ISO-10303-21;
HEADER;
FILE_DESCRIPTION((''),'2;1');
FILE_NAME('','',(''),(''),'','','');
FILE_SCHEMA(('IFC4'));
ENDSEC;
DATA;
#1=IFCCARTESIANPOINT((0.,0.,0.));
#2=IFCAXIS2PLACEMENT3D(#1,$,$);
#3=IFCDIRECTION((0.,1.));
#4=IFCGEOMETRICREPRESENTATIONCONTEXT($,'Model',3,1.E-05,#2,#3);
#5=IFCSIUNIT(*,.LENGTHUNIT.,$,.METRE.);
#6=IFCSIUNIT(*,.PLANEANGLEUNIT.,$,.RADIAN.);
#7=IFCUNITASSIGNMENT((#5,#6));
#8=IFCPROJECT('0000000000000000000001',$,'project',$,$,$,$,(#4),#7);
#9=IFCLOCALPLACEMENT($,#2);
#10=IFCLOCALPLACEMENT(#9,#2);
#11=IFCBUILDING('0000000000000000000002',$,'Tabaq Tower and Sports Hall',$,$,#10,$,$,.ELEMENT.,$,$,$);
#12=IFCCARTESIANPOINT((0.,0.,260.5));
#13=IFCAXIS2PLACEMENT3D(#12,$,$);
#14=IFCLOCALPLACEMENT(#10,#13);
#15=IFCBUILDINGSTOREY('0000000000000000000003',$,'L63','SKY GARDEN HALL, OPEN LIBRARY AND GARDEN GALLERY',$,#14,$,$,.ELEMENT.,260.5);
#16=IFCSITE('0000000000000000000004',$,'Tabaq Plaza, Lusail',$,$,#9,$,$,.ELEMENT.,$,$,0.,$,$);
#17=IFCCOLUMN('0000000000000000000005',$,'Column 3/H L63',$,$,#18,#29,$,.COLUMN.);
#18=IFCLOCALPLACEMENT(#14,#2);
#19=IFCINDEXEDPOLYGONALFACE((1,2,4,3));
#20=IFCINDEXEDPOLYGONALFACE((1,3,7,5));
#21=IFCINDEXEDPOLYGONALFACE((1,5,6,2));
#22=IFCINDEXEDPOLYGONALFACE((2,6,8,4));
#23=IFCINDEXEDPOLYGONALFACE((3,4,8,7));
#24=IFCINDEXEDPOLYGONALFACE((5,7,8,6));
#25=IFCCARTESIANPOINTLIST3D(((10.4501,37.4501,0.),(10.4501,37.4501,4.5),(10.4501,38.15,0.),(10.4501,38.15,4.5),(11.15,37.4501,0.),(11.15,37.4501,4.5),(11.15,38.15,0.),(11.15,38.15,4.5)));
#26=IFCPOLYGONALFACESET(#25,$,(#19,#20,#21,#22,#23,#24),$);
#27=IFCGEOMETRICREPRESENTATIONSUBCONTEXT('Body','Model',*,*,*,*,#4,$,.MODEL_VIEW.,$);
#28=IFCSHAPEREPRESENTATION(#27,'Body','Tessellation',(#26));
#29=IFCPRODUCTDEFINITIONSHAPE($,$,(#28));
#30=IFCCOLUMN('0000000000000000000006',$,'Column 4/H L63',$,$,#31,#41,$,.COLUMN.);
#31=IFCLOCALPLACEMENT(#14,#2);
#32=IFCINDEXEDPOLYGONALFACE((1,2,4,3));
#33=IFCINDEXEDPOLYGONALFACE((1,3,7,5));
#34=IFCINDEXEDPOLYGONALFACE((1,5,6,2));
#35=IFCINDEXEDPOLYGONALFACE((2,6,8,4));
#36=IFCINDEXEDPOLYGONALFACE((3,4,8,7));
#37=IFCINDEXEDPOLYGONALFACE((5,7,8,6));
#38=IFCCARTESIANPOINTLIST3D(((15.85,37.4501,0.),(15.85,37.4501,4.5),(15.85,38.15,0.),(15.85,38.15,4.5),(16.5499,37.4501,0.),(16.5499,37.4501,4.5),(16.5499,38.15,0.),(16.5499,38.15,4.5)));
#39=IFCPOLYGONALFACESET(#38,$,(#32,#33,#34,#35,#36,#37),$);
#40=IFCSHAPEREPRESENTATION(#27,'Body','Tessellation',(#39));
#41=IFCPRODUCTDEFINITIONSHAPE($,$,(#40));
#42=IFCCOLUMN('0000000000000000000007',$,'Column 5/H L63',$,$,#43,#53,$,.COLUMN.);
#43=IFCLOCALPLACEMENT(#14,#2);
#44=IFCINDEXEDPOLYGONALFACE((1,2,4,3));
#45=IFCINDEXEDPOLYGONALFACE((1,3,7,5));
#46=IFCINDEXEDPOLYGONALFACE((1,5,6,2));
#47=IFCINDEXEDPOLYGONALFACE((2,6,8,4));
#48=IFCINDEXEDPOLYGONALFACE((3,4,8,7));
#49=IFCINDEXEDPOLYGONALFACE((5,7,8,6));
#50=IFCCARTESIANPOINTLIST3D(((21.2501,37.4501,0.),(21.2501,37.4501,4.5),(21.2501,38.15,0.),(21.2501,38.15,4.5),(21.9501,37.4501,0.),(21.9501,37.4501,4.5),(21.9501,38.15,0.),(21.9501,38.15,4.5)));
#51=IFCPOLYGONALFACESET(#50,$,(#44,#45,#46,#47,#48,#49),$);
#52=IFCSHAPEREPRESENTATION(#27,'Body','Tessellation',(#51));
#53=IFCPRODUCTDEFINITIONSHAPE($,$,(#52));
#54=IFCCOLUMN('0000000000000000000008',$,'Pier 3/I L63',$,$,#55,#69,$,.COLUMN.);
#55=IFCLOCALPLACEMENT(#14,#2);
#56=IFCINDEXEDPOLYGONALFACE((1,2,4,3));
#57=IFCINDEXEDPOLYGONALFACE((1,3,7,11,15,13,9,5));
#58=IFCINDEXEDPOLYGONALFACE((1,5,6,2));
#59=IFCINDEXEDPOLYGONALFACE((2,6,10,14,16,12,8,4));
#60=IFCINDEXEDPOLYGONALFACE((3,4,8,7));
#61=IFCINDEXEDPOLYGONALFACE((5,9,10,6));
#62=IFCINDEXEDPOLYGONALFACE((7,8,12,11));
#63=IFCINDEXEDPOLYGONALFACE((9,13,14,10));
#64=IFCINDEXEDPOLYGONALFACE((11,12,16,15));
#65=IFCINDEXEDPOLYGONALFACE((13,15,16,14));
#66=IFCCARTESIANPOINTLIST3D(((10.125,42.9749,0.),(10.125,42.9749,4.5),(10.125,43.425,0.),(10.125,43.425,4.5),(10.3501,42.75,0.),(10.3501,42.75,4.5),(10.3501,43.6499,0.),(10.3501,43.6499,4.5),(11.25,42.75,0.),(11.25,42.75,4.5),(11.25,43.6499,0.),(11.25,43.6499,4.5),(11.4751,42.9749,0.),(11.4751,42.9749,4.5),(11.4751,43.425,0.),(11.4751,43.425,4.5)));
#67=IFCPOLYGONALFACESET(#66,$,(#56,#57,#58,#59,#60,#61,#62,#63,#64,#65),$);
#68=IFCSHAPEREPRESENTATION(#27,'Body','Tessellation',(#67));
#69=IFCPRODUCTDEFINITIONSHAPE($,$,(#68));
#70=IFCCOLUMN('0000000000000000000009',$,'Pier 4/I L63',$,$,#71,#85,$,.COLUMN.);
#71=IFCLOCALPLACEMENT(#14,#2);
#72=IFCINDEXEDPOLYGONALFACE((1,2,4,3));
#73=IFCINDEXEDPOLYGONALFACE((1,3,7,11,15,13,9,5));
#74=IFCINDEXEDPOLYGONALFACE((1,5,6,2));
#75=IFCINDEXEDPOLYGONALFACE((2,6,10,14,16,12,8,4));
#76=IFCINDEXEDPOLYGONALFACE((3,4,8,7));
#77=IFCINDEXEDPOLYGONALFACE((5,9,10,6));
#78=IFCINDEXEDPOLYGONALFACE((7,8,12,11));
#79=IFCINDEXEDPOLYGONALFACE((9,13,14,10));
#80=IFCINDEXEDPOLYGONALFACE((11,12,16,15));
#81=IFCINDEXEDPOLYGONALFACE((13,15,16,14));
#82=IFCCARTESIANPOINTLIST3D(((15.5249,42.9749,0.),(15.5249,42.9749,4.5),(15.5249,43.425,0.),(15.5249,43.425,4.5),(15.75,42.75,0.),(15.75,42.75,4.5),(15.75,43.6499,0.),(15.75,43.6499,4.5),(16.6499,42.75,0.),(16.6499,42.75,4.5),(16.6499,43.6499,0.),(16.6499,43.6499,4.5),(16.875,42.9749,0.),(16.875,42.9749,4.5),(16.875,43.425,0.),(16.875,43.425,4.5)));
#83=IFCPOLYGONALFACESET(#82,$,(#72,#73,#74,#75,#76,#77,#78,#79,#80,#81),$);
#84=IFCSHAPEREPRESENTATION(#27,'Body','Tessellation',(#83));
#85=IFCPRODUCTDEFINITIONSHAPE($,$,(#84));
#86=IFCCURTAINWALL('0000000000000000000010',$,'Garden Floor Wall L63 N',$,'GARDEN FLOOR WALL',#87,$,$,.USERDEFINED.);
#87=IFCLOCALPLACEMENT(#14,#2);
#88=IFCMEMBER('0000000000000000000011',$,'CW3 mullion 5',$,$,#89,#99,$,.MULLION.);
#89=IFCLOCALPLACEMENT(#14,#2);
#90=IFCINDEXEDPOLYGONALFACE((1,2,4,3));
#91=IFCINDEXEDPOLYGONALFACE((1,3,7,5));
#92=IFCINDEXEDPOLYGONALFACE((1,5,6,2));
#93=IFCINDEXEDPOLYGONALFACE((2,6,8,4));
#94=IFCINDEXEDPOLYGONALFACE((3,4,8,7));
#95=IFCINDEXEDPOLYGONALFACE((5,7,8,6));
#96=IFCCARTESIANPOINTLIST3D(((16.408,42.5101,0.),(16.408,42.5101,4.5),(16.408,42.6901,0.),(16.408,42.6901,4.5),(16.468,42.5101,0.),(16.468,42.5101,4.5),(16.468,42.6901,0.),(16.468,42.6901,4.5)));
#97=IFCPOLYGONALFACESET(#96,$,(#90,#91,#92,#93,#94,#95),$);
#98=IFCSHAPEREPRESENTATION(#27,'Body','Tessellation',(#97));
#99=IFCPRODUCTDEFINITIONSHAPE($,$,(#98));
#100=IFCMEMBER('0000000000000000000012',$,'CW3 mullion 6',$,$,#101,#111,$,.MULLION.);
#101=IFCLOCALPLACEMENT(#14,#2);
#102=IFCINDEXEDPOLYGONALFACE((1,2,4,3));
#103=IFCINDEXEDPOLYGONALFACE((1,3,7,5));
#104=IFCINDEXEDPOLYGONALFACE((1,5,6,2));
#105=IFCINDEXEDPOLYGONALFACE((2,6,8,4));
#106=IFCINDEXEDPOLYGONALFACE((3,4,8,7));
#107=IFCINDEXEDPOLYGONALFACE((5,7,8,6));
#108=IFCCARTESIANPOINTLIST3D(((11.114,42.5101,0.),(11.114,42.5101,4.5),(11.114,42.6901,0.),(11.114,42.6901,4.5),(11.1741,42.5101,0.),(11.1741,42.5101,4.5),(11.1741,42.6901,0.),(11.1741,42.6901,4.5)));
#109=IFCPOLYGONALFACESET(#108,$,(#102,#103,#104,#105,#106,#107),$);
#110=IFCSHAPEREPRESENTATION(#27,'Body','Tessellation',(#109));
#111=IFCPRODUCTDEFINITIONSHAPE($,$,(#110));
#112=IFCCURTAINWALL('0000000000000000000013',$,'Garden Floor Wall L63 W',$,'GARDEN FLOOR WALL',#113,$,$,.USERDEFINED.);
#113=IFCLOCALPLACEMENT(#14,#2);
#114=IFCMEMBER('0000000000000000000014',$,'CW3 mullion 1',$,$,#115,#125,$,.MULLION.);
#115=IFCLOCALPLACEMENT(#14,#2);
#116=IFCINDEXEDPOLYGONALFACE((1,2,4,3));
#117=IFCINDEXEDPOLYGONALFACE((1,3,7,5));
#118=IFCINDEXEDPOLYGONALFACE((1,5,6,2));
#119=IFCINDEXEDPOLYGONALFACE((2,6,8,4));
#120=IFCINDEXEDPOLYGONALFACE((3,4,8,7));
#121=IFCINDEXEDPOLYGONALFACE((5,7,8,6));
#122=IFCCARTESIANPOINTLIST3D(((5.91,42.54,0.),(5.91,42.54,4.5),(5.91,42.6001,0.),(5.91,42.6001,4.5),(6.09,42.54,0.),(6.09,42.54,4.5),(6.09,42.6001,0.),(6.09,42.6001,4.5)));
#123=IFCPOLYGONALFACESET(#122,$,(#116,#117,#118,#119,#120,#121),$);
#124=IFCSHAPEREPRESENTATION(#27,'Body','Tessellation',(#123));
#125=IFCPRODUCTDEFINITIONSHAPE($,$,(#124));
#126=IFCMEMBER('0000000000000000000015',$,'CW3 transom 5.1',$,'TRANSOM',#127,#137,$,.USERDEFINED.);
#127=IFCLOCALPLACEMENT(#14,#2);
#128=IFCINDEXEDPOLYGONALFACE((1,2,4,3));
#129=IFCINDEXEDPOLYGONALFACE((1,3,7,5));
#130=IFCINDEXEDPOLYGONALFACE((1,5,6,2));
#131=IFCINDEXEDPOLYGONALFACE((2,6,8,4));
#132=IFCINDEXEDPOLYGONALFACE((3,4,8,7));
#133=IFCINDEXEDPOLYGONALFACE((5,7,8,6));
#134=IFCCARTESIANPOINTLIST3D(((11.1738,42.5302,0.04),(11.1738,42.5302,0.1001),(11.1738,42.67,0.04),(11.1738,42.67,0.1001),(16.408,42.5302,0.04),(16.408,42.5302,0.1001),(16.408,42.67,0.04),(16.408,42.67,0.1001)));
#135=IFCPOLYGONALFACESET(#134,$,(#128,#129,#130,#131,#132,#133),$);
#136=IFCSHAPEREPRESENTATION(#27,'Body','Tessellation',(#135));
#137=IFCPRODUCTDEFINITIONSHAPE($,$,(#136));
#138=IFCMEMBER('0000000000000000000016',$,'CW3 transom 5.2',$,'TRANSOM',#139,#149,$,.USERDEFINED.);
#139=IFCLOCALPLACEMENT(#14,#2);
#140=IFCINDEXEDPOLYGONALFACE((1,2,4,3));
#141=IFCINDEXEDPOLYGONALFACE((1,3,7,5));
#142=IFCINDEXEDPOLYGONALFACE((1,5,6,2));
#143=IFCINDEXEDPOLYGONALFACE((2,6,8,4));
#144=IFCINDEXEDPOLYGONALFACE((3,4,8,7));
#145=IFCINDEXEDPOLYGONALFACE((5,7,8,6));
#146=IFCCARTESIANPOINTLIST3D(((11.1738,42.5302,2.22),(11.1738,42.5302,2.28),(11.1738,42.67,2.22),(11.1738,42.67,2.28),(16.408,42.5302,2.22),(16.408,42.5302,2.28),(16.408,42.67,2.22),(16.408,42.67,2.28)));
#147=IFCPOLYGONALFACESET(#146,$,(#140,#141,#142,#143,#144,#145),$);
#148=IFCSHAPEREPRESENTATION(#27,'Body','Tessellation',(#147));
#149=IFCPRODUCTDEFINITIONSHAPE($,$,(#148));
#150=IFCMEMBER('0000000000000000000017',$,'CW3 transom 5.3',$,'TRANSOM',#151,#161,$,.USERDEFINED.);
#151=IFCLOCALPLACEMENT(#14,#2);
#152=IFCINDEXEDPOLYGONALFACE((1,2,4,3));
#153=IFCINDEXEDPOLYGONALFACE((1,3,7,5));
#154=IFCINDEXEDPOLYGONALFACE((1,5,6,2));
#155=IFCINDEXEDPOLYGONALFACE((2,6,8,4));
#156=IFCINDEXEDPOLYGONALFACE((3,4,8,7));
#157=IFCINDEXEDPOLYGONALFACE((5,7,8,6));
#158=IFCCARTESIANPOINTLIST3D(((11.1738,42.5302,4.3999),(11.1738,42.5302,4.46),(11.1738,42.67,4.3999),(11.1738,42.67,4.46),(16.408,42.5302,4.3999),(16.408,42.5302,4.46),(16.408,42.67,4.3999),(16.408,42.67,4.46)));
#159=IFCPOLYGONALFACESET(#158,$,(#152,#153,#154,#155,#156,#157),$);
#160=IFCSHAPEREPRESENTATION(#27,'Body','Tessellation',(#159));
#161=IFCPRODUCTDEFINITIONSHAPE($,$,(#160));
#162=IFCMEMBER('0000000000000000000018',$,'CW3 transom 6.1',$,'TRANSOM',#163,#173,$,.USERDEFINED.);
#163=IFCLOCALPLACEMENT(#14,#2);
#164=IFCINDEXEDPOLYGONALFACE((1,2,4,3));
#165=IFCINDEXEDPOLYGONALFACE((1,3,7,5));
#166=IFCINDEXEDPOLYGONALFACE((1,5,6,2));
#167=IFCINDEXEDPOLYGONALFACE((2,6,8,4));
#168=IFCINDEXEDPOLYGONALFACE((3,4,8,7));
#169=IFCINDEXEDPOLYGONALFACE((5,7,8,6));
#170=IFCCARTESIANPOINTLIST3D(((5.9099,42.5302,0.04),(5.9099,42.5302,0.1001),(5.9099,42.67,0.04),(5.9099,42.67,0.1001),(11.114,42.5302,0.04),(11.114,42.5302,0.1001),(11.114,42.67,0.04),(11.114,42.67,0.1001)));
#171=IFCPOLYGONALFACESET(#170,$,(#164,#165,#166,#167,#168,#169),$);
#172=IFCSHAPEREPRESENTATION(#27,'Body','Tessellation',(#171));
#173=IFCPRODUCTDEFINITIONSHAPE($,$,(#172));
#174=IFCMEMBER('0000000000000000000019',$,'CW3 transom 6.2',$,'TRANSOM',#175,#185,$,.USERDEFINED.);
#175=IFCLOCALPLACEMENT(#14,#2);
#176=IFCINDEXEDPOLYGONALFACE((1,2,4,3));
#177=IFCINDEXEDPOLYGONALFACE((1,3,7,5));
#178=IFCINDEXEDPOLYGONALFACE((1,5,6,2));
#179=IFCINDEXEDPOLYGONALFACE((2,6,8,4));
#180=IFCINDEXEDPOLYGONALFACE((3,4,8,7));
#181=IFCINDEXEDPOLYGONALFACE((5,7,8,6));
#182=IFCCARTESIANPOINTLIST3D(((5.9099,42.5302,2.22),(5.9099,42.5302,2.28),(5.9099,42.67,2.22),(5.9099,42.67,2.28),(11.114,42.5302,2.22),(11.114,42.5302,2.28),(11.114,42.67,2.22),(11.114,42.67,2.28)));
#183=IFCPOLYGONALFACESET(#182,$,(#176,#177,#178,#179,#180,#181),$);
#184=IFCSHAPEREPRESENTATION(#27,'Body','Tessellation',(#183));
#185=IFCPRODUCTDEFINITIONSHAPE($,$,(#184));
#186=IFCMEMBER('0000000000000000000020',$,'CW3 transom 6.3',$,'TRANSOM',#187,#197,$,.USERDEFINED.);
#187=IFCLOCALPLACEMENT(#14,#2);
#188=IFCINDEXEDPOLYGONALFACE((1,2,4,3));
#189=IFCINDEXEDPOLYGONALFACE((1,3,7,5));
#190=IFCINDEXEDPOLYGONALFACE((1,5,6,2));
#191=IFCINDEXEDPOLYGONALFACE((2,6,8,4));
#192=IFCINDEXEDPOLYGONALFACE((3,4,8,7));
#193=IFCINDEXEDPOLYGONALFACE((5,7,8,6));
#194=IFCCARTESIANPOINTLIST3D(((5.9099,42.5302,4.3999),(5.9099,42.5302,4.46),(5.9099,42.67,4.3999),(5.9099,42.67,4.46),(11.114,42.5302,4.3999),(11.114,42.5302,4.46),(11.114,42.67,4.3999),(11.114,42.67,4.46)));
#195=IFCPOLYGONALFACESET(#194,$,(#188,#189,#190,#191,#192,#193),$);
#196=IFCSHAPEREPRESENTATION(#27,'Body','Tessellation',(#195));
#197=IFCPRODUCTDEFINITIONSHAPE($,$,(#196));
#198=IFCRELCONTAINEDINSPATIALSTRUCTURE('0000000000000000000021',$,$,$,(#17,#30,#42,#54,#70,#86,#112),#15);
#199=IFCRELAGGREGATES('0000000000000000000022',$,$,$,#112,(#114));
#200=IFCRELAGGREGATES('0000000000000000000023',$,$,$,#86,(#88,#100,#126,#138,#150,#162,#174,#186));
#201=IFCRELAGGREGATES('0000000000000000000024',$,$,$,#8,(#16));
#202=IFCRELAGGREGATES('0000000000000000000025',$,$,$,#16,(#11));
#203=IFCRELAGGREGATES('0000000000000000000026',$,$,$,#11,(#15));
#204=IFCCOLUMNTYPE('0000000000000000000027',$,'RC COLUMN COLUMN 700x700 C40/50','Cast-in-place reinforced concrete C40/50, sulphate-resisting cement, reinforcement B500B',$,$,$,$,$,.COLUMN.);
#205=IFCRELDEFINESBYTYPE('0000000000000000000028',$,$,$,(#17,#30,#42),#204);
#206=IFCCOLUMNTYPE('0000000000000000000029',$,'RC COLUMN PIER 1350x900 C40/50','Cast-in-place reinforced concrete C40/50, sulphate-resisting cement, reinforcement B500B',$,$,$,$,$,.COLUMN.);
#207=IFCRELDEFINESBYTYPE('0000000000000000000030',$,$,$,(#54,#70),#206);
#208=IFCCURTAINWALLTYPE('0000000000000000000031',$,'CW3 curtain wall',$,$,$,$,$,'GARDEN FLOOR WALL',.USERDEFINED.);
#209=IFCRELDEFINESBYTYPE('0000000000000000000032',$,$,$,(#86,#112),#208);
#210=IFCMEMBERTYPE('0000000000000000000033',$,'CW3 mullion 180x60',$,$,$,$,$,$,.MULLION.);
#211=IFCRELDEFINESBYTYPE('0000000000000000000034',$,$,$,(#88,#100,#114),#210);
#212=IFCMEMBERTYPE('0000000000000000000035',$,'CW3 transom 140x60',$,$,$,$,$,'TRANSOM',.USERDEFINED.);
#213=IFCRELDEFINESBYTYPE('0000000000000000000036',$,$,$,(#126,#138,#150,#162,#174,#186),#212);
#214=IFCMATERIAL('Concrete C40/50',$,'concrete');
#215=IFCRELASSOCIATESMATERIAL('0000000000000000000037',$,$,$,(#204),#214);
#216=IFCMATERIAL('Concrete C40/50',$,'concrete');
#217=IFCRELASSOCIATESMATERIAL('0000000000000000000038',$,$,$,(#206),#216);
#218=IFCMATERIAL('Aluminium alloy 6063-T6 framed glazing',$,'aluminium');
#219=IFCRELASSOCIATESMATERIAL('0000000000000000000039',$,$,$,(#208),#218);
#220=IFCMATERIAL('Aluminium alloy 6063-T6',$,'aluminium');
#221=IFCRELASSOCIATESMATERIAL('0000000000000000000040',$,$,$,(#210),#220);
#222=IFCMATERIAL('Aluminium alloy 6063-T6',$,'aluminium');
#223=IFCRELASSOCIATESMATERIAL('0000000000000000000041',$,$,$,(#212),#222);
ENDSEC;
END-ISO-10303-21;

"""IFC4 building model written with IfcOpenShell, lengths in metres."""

from ifc_helpers import new_model, si_unit, direction, frame, origin, origin_2d, place, context, subcontext, project, spatial, polyline, rectangle, outline, extrude, material, material_profile, profile_set, type_object, element, aggregate, save


model = new_model("IFC4")

# Units and contexts
model_context = context("Model", 3, precision=1e-05, world=origin(), true_north=direction((0.0, 1.0)))
body_context = subcontext(model_context, "Body", "Model", "MODEL_VIEW")
ifc_project = project(units=[si_unit("LENGTHUNIT", "METRE"), si_unit("PLANEANGLEUNIT", "RADIAN")], contexts=[model_context])

# Site, building, storey
site_placement = place(None, origin())
site = spatial("IfcSite", under=ifc_project, at=site_placement, Name="Tabaq Plaza, Lusail", CompositionType="ELEMENT", RefElevation=0.0)
building_placement = place(site_placement, origin())
building = spatial("IfcBuilding", under=site, at=building_placement, Name="Tabaq Tower and Sports Hall", CompositionType="ELEMENT")
storey_placement = place(building_placement, frame((0.0, 0.0, 260.5)))
storey = spatial("IfcBuildingStorey", under=building, at=storey_placement, Name="L63", Description="SKY GARDEN HALL, OPEN LIBRARY AND GARDEN GALLERY", CompositionType="ELEMENT", Elevation=260.5)

# Columns
ifc_material_1 = material(Name="Concrete C40/50", Category="concrete")
ifc_material_profile_1 = material_profile(ifc_material_1, rectangle(XDim=0.7, YDim=0.7, at=origin_2d()), Name="COLUMN 700x700")
ifc_profile_set_1 = profile_set([ifc_material_profile_1], Name="Concrete C40/50")
column_type_1 = type_object("IfcColumnType", Name="RC COLUMN COLUMN 700x700 C40/50", Description="Cast-in-place reinforced concrete C40/50, sulphate-resisting cement, reinforcement B500B", PredefinedType="COLUMN", material=ifc_profile_set_1)
for number, where, z_axis, x_axis, name in (
    (1, (10.8, 37.8, 0.0), (0.0, 0.0, 1.0), (1.0, 0.0, 0.0), "Column 3/H L63"),
    (2, (16.2, 37.8, 0.0), (0.0, 0.0, 1.0), (1.0, 0.0, 0.0), "Column 4/H L63"),
    (3, (21.6001, 37.8, 0.0), (0.0, 0.0, 1.0), (1.0, 0.0, 0.0), "Column 5/H L63"),
):
    element("IfcColumn", number, at=place(storey_placement, frame(where, z_axis=z_axis, x_axis=x_axis)), inside=storey, type_object=column_type_1, Name=name, PredefinedType="COLUMN", context=body_context, shape_type="SweptSolid", body=[
        extrude(rectangle(XDim=0.7, YDim=0.7, at=origin_2d()), origin(), (0.0, 0.0, 1.0), 4.5),
    ])
ifc_material_2 = material(Name="Concrete C40/50", Category="concrete")
ifc_material_profile_2 = material_profile(ifc_material_2, outline(polyline([(-0.45, -0.45), (0.45, -0.45), (0.675, -0.2251), (0.675, 0.2251), (0.45, 0.45), (-0.45, 0.45), (-0.675, 0.2251), (-0.675, -0.2251), (-0.45, -0.45)])), Name="PIER 1350x900")
ifc_profile_set_2 = profile_set([ifc_material_profile_2], Name="Concrete C40/50")
column_type_2 = type_object("IfcColumnType", Name="RC COLUMN PIER 1350x900 C40/50", Description="Cast-in-place reinforced concrete C40/50, sulphate-resisting cement, reinforcement B500B", PredefinedType="COLUMN", material=ifc_profile_set_2)
for number, where, z_axis, x_axis, name in (
    (4, (10.8, 43.2, 0.0), (0.0, 0.0, 1.0), (1.0, 0.0, 0.0), "Pier 3/I L63"),
    (5, (16.2, 43.2, 0.0), (0.0, 0.0, 1.0), (1.0, 0.0, 0.0), "Pier 4/I L63"),
):
    element("IfcColumn", number, at=place(storey_placement, frame(where, z_axis=z_axis, x_axis=x_axis)), inside=storey, type_object=column_type_2, Name=name, PredefinedType="COLUMN", context=body_context, shape_type="SweptSolid", body=[
        extrude(outline(polyline([(-0.45, -0.45), (0.45, -0.45), (0.675, -0.2251), (0.675, 0.2251), (0.45, 0.45), (-0.45, 0.45), (-0.675, 0.2251), (-0.675, -0.2251), (-0.45, -0.45)])), origin(), (0.0, 0.0, 1.0), 4.5),
    ])

# Curtain wall, members
ifc_material_3 = material(Name="Aluminium alloy 6063-T6 framed glazing", Category="aluminium")
curtain_wall_type = type_object("IfcCurtainWallType", Name="CW3 curtain wall", ElementType="GARDEN FLOOR WALL", PredefinedType="USERDEFINED", material=ifc_material_3)
curtain_wall_1_placement = place(storey_placement, origin())
curtain_wall_1 = element("IfcCurtainWall", 6, at=curtain_wall_1_placement, inside=storey, type_object=curtain_wall_type, Name="Garden Floor Wall L63 N", ObjectType="GARDEN FLOOR WALL", PredefinedType="USERDEFINED")
ifc_material_4 = material(Name="Aluminium alloy 6063-T6", Category="aluminium")
ifc_material_profile_3 = material_profile(ifc_material_4, rectangle(XDim=0.1799, YDim=0.0601, at=origin_2d()), Name="MULLION 180x60")
ifc_profile_set_3 = profile_set([ifc_material_profile_3], Name="Aluminium alloy 6063-T6")
member_type_1 = type_object("IfcMemberType", Name="CW3 mullion 180x60", PredefinedType="MULLION", material=ifc_profile_set_3)
member_1_placement = place(storey_placement, frame((16.438, 42.6001, 0.0), z_axis=(0.0, 0.0, 1.0), x_axis=(0.0, -1.0, 0.0)))
member_1 = element("IfcMember", 7, at=member_1_placement, type_object=member_type_1, Name="CW3 mullion 5", PredefinedType="MULLION", context=body_context, shape_type="SweptSolid", body=[
    extrude(rectangle(XDim=0.1799, YDim=0.0601, at=origin_2d()), origin(), (0.0, 0.0, 1.0), 4.5),
])
member_2_placement = place(storey_placement, frame((11.144, 42.6001, 0.0), z_axis=(0.0, 0.0, 1.0), x_axis=(0.0, -1.0, 0.0)))
member_2 = element("IfcMember", 8, at=member_2_placement, type_object=member_type_1, Name="CW3 mullion 6", PredefinedType="MULLION", context=body_context, shape_type="SweptSolid", body=[
    extrude(rectangle(XDim=0.1799, YDim=0.0601, at=origin_2d()), origin(), (0.0, 0.0, 1.0), 4.5),
])

# Curtain wall, member
curtain_wall_2_placement = place(storey_placement, origin())
curtain_wall_2 = element("IfcCurtainWall", 9, at=curtain_wall_2_placement, inside=storey, type_object=curtain_wall_type, Name="Garden Floor Wall L63 W", ObjectType="GARDEN FLOOR WALL", PredefinedType="USERDEFINED")
member_3_placement = place(storey_placement, frame((6.0, 42.5701, 0.0), z_axis=(0.0, 0.0, 1.0), x_axis=(1.0, 0.0, 0.0)))
member_3 = element("IfcMember", 10, at=member_3_placement, type_object=member_type_1, Name="CW3 mullion 1", PredefinedType="MULLION", context=body_context, shape_type="SweptSolid", body=[
    extrude(rectangle(XDim=0.1799, YDim=0.0601, at=origin_2d()), origin(), (0.0, 0.0, 1.0), 4.5),
])
aggregate(curtain_wall_2, [member_3])

# Members
ifc_material_5 = material(Name="Aluminium alloy 6063-T6", Category="aluminium")
ifc_material_profile_4 = material_profile(ifc_material_5, rectangle(XDim=0.1399, YDim=0.0601, at=origin_2d()), Name="TRANSOM 140x60")
ifc_profile_set_4 = profile_set([ifc_material_profile_4], Name="Aluminium alloy 6063-T6")
member_type_2 = type_object("IfcMemberType", Name="CW3 transom 140x60", ElementType="TRANSOM", PredefinedType="USERDEFINED", material=ifc_profile_set_4)
member_4_placement = place(storey_placement, frame((16.408, 42.6001, 0.0701), z_axis=(-1.0, 0.0, 0.0), x_axis=(0.0, -1.0, 0.0)))
member_4 = element("IfcMember", 11, at=member_4_placement, type_object=member_type_2, Name="CW3 transom 5.1", ObjectType="TRANSOM", PredefinedType="USERDEFINED", context=body_context, shape_type="SweptSolid", body=[
    extrude(rectangle(XDim=0.1399, YDim=0.0601, at=origin_2d()), origin(), (0.0, 0.0, 1.0), 5.2341),
])
member_5_placement = place(storey_placement, frame((16.408, 42.6001, 2.25), z_axis=(-1.0, 0.0, 0.0), x_axis=(0.0, -1.0, 0.0)))
member_5 = element("IfcMember", 12, at=member_5_placement, type_object=member_type_2, Name="CW3 transom 5.2", ObjectType="TRANSOM", PredefinedType="USERDEFINED", context=body_context, shape_type="SweptSolid", body=[
    extrude(rectangle(XDim=0.1399, YDim=0.0601, at=origin_2d()), origin(), (0.0, 0.0, 1.0), 5.2341),
])
member_6_placement = place(storey_placement, frame((16.408, 42.6001, 4.4299), z_axis=(-1.0, 0.0, 0.0), x_axis=(0.0, -1.0, 0.0)))
member_6 = element("IfcMember", 13, at=member_6_placement, type_object=member_type_2, Name="CW3 transom 5.3", ObjectType="TRANSOM", PredefinedType="USERDEFINED", context=body_context, shape_type="SweptSolid", body=[
    extrude(rectangle(XDim=0.1399, YDim=0.0601, at=origin_2d()), origin(), (0.0, 0.0, 1.0), 5.2341),
])
member_7_placement = place(storey_placement, frame((11.114, 42.6001, 0.0701), z_axis=(-1.0, 0.0, 0.0), x_axis=(0.0, -1.0, 0.0)))
member_7 = element("IfcMember", 14, at=member_7_placement, type_object=member_type_2, Name="CW3 transom 6.1", ObjectType="TRANSOM", PredefinedType="USERDEFINED", context=body_context, shape_type="SweptSolid", body=[
    extrude(rectangle(XDim=0.1399, YDim=0.0601, at=origin_2d()), origin(), (0.0, 0.0, 1.0), 5.2041),
])
member_8_placement = place(storey_placement, frame((11.114, 42.6001, 2.25), z_axis=(-1.0, 0.0, 0.0), x_axis=(0.0, -1.0, 0.0)))
member_8 = element("IfcMember", 15, at=member_8_placement, type_object=member_type_2, Name="CW3 transom 6.2", ObjectType="TRANSOM", PredefinedType="USERDEFINED", context=body_context, shape_type="SweptSolid", body=[
    extrude(rectangle(XDim=0.1399, YDim=0.0601, at=origin_2d()), origin(), (0.0, 0.0, 1.0), 5.2041),
])
member_9_placement = place(storey_placement, frame((11.114, 42.6001, 4.4299), z_axis=(-1.0, 0.0, 0.0), x_axis=(0.0, -1.0, 0.0)))
member_9 = element("IfcMember", 16, at=member_9_placement, type_object=member_type_2, Name="CW3 transom 6.3", ObjectType="TRANSOM", PredefinedType="USERDEFINED", context=body_context, shape_type="SweptSolid", body=[
    extrude(rectangle(XDim=0.1399, YDim=0.0601, at=origin_2d()), origin(), (0.0, 0.0, 1.0), 5.2041),
])

aggregate(curtain_wall_1, [member_1, member_2, member_4, member_5, member_6, member_7, member_8, member_9])

save(model, "model.ifc")
